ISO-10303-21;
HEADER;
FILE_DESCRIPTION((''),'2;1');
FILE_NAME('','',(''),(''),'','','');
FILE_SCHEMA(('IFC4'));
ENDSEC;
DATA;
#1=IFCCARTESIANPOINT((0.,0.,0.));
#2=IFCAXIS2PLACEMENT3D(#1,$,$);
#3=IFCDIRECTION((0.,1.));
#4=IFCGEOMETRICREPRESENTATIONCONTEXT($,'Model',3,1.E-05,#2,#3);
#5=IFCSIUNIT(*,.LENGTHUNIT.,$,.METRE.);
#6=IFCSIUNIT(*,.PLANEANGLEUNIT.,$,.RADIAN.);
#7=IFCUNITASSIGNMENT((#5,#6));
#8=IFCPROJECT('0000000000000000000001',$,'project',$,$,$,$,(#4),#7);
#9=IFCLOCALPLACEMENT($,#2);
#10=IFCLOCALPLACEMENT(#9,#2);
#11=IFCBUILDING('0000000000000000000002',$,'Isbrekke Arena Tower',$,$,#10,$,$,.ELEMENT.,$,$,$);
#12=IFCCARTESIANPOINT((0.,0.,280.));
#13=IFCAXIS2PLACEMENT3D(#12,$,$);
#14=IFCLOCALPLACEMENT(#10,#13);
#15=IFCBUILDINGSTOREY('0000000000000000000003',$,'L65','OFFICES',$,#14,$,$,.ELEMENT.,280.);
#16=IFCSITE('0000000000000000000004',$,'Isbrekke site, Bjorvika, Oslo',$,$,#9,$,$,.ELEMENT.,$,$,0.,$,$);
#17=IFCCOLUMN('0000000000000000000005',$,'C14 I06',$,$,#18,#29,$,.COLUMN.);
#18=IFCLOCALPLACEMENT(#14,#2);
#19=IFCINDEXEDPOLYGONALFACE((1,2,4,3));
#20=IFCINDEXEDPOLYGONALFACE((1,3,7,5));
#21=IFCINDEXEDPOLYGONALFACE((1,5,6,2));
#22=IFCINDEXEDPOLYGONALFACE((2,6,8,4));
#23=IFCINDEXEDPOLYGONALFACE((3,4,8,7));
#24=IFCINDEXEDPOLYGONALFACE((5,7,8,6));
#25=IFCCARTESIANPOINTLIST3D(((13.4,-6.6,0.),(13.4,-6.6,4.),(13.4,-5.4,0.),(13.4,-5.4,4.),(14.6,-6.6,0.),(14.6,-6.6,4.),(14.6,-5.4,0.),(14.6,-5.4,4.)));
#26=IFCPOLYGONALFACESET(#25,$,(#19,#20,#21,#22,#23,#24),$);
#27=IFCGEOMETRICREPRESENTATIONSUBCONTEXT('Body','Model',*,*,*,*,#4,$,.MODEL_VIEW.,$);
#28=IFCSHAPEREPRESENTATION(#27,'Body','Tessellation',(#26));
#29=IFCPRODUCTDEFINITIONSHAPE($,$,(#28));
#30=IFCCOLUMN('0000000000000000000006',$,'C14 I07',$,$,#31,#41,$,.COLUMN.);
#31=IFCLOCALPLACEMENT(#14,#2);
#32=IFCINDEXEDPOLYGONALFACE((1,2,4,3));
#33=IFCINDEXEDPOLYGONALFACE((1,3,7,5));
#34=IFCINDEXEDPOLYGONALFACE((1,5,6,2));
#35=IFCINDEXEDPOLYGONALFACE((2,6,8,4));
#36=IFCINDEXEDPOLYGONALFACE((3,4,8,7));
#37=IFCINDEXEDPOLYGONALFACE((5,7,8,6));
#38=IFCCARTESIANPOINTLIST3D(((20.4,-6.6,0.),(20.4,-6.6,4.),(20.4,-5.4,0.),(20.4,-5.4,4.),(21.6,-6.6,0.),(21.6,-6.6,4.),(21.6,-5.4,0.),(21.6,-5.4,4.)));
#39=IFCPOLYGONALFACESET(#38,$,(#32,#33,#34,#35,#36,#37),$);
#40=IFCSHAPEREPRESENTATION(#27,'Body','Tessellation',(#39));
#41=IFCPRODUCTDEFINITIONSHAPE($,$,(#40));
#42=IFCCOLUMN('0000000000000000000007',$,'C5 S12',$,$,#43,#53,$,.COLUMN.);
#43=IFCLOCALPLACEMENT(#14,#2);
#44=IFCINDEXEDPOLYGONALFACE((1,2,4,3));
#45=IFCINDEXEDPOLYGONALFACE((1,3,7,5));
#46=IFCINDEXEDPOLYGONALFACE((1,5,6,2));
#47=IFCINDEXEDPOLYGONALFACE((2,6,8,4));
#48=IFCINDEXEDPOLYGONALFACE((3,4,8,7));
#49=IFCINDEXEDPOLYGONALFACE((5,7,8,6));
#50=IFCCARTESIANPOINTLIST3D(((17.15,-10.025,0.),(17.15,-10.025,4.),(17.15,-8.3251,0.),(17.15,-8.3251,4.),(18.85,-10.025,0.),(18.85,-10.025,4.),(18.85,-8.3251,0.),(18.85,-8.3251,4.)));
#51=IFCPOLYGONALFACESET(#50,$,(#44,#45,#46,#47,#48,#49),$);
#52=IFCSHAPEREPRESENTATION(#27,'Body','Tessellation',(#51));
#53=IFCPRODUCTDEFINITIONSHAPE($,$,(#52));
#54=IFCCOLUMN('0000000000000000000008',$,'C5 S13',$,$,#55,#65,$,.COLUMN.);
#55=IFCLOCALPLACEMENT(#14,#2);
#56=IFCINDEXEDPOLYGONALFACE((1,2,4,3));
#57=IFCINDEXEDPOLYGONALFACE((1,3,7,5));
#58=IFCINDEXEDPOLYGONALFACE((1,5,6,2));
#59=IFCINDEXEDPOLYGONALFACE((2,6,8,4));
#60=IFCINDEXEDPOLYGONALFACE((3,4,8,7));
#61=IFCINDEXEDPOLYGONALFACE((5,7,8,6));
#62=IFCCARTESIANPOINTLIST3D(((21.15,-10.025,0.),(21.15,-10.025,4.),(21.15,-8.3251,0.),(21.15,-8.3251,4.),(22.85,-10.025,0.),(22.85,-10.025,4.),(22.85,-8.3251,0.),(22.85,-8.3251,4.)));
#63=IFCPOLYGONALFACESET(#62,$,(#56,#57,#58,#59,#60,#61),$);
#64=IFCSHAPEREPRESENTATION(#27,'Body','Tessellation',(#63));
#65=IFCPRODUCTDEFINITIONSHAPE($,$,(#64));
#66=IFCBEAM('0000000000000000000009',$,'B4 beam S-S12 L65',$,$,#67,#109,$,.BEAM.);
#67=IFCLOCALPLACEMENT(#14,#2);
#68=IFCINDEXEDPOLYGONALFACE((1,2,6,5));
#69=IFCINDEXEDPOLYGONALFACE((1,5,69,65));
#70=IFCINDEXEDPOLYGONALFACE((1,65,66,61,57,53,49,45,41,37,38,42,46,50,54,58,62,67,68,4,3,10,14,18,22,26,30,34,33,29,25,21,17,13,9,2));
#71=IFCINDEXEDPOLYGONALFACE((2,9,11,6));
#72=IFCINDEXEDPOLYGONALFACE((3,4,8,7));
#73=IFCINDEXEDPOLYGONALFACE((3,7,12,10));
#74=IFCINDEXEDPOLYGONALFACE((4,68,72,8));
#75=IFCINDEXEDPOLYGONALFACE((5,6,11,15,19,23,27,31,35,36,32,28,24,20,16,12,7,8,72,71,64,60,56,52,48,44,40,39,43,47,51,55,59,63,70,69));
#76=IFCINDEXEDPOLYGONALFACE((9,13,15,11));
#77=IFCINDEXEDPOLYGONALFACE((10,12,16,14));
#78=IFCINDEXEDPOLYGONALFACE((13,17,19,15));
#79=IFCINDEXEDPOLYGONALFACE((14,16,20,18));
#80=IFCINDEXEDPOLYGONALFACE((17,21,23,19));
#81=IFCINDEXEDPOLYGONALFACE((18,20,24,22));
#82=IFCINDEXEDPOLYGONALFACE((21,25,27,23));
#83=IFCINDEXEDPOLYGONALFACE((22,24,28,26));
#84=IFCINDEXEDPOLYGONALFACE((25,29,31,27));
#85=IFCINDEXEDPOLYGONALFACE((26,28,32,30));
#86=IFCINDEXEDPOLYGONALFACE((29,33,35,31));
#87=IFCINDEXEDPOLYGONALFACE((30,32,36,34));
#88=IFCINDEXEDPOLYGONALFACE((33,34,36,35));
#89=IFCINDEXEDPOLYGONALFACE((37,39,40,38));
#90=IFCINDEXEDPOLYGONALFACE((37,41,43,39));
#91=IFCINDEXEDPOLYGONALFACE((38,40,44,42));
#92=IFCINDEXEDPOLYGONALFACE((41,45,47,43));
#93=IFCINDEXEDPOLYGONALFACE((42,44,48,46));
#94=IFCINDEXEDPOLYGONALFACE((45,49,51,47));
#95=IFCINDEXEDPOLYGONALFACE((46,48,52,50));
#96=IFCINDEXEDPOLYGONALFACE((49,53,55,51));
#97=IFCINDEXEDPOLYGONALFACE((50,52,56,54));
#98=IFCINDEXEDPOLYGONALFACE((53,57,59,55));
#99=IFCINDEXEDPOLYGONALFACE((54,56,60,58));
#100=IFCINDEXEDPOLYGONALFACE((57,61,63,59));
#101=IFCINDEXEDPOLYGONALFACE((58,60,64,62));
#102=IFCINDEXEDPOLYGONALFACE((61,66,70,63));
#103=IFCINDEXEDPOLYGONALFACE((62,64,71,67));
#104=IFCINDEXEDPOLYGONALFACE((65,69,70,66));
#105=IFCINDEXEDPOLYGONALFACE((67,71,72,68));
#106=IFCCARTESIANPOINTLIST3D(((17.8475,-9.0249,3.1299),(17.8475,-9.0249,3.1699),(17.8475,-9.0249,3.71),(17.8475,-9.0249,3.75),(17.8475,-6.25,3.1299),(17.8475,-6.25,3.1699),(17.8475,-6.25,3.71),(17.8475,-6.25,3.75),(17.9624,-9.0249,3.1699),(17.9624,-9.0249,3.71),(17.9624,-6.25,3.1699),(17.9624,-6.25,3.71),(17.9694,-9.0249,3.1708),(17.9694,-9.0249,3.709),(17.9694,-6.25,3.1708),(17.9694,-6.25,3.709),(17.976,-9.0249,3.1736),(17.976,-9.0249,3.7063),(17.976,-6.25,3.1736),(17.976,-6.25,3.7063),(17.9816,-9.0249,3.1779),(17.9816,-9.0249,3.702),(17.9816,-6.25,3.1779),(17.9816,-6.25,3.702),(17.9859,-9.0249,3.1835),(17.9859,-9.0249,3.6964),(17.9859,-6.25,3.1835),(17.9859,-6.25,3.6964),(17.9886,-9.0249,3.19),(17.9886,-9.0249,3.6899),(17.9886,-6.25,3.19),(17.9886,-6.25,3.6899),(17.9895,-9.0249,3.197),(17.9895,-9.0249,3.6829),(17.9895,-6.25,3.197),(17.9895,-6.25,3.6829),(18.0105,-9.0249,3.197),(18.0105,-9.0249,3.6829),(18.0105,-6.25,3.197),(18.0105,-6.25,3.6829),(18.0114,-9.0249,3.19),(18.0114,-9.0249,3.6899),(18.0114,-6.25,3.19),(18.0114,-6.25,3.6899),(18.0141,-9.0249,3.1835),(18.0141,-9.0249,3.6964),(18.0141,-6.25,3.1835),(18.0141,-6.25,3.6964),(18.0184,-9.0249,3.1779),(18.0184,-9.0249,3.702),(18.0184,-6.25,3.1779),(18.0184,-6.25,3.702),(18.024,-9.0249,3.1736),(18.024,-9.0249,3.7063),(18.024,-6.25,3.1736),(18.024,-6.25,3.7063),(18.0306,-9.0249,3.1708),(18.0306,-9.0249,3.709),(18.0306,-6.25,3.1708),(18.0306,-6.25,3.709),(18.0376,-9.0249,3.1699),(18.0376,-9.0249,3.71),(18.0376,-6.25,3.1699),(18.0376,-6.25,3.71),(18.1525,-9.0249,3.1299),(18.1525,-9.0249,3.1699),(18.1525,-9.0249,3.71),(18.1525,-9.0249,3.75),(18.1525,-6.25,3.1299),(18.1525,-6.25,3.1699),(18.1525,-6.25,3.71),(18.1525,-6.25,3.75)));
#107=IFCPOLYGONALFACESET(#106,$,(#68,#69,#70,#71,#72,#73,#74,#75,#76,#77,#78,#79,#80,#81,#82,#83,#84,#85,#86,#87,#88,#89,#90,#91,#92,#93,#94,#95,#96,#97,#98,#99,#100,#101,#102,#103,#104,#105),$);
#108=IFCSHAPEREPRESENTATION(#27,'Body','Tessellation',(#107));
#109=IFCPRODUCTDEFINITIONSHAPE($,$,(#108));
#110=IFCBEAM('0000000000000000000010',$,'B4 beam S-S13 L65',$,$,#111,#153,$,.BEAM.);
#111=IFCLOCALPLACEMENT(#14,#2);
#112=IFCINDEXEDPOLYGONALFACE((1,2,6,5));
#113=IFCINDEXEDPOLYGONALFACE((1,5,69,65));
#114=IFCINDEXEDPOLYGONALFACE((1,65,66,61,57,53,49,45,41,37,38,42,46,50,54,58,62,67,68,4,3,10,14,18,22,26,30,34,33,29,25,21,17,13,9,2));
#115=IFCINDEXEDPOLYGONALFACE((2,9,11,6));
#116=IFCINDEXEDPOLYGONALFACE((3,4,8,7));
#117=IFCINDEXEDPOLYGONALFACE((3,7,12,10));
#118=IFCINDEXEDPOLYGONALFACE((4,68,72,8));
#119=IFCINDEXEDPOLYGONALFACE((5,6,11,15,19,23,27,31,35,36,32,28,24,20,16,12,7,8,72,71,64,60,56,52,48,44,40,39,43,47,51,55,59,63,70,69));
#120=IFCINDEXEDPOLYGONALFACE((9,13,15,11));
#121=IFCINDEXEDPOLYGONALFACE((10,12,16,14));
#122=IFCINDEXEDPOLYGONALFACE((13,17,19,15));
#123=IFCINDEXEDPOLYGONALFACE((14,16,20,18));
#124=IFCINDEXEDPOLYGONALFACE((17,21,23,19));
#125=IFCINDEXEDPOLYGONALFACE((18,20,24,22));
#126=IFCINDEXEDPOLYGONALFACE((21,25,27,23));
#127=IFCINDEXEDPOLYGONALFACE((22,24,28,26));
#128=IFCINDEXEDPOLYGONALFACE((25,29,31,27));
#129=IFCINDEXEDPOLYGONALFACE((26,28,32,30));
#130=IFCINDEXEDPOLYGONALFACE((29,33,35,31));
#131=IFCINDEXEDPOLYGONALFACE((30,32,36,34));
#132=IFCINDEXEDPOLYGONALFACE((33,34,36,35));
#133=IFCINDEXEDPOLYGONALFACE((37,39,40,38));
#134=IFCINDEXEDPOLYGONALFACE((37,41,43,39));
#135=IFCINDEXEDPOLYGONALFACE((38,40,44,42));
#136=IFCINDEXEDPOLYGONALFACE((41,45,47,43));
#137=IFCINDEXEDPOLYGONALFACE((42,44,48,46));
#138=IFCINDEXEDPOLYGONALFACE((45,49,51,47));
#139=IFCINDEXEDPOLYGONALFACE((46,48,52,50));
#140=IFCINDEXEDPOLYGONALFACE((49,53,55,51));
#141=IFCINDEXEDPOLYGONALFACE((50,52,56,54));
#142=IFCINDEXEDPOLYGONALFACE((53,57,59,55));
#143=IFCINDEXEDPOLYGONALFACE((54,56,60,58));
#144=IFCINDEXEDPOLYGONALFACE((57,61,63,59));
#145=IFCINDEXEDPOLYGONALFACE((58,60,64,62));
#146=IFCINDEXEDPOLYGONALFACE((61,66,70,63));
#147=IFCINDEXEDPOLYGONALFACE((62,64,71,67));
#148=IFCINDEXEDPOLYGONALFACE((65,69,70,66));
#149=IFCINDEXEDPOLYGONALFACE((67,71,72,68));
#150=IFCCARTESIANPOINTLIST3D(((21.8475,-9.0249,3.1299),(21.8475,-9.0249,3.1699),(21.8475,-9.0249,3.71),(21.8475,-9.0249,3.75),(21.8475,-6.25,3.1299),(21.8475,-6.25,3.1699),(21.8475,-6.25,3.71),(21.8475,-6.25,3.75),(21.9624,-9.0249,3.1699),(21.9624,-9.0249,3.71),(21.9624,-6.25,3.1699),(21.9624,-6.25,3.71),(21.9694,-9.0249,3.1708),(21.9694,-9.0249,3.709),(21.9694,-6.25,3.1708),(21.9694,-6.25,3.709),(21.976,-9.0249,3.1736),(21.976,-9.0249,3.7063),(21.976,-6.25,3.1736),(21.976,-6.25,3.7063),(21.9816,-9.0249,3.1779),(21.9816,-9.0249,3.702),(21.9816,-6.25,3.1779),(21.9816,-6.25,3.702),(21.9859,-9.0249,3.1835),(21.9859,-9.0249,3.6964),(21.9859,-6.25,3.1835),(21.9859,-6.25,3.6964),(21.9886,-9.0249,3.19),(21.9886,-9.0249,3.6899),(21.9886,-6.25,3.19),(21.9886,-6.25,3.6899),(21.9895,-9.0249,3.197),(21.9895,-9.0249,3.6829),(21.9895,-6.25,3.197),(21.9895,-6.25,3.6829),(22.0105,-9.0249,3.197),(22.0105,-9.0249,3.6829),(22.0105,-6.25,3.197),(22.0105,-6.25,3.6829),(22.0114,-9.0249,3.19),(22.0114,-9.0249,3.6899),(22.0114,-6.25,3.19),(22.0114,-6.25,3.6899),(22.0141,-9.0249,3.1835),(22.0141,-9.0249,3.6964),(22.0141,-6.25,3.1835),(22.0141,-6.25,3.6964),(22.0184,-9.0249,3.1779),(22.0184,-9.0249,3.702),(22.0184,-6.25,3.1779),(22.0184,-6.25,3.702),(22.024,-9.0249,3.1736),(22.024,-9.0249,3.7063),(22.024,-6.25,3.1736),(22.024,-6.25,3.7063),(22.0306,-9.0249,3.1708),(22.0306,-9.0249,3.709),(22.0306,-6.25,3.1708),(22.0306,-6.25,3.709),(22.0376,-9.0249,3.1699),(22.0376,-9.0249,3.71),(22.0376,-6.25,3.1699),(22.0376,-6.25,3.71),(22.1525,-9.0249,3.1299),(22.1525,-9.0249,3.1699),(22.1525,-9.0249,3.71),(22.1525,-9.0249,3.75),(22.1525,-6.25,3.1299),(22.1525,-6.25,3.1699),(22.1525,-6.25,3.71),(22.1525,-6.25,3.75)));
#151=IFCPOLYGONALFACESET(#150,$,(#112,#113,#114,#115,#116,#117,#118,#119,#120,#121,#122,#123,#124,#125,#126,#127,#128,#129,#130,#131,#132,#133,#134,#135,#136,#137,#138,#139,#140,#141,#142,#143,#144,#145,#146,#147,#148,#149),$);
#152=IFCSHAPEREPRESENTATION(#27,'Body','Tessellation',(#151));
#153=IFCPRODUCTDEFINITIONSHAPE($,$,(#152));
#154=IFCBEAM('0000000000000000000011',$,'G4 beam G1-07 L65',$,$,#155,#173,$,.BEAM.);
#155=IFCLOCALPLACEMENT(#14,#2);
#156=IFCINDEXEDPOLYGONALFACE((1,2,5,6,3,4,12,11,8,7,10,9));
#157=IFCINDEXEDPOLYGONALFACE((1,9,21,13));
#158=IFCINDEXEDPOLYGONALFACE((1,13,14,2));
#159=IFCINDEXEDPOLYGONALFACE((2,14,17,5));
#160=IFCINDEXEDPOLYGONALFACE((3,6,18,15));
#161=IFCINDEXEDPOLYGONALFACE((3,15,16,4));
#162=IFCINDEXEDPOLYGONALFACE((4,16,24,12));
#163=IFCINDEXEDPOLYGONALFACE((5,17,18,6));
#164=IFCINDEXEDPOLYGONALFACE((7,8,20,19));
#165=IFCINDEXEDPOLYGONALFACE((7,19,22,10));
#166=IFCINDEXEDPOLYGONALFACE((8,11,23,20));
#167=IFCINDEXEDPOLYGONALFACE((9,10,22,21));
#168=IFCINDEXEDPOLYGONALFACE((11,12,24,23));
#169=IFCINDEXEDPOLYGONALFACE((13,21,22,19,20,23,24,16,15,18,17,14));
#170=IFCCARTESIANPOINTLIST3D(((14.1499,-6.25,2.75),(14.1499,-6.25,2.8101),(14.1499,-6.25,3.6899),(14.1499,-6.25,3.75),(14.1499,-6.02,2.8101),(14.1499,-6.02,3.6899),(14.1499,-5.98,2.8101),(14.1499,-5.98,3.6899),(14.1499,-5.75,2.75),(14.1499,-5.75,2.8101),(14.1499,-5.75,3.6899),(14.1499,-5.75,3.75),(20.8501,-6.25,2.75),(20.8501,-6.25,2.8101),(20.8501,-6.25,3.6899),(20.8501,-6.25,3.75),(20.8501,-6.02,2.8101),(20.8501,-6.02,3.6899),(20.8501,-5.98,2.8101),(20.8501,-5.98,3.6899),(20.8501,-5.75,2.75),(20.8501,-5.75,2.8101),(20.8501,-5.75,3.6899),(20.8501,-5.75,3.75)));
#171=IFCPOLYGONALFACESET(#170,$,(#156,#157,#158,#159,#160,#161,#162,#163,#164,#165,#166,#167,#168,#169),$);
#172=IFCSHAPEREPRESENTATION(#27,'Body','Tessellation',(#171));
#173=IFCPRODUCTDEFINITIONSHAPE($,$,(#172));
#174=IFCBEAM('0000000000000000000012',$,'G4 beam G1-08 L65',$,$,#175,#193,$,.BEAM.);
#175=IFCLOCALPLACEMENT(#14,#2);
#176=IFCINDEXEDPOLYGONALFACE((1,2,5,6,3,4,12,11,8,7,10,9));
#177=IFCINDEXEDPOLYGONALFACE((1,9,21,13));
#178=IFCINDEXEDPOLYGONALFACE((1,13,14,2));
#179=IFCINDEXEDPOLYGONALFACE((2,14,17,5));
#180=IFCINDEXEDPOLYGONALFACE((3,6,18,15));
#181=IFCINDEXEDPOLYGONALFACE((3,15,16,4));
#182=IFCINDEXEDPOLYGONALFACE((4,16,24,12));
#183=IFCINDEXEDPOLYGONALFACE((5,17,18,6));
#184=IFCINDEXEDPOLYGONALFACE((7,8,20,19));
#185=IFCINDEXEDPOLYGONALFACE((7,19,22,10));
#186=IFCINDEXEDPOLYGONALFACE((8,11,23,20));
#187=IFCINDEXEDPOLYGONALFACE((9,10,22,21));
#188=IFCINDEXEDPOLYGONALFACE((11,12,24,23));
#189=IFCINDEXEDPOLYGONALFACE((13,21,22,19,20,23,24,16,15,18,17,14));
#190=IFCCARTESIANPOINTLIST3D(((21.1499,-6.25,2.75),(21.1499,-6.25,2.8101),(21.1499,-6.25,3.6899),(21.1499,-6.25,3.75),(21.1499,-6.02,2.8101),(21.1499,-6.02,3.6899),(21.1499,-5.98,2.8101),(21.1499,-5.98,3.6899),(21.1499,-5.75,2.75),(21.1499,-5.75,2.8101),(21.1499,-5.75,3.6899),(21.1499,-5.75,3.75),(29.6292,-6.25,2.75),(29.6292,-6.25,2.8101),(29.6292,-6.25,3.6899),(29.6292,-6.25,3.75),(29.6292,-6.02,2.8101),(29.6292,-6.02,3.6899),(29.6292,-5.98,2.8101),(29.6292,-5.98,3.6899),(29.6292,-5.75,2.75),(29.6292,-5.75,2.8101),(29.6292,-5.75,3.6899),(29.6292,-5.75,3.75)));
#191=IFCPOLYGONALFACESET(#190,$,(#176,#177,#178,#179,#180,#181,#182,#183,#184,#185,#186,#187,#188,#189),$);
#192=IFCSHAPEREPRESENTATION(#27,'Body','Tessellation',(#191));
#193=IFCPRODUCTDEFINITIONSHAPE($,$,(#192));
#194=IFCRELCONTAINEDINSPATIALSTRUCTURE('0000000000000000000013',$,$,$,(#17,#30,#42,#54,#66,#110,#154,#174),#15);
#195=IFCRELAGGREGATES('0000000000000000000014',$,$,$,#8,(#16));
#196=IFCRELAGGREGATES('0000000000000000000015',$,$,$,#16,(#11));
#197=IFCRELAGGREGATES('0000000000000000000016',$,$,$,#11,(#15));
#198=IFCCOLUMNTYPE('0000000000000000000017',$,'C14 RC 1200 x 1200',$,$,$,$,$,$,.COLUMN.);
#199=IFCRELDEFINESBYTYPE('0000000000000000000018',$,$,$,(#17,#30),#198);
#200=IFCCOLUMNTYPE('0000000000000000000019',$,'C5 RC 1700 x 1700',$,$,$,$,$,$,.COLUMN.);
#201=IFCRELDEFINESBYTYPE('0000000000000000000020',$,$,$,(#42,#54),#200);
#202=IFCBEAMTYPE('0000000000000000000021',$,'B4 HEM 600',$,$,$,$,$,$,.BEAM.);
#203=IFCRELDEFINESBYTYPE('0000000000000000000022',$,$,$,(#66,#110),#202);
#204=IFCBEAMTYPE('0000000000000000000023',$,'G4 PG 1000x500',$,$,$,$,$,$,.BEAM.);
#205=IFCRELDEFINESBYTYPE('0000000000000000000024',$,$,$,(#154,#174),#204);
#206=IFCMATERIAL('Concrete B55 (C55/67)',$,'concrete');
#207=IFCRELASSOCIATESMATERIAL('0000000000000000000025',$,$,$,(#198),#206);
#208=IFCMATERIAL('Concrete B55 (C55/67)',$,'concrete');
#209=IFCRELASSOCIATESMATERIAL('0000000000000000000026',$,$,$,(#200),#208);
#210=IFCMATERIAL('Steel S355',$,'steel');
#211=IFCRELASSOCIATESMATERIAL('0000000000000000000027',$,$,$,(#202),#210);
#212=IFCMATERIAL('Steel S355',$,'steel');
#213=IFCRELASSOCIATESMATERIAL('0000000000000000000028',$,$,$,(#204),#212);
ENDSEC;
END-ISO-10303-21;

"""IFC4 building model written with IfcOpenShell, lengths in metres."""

from ifc_helpers import new_model, si_unit, direction, frame, origin, origin_2d, place, context, subcontext, project, spatial, rectangle, i_section, extrude, material, material_profile, profile_set, type_object, element, save


model = new_model("IFC4")

# Units and contexts
model_context = context("Model", 3, precision=1e-05, world=origin(), true_north=direction((0.0, 1.0)))
body_context = subcontext(model_context, "Body", "Model", "MODEL_VIEW")
ifc_project = project(units=[si_unit("LENGTHUNIT", "METRE"), si_unit("PLANEANGLEUNIT", "RADIAN")], contexts=[model_context])

# Site, building, storey
site_placement = place(None, origin())
site = spatial("IfcSite", under=ifc_project, at=site_placement, Name="Isbrekke site, Bjorvika, Oslo", CompositionType="ELEMENT", RefElevation=0.0)
building_placement = place(site_placement, origin())
building = spatial("IfcBuilding", under=site, at=building_placement, Name="Isbrekke Arena Tower", CompositionType="ELEMENT")
storey_placement = place(building_placement, frame((0.0, 0.0, 280.0)))
storey = spatial("IfcBuildingStorey", under=building, at=storey_placement, Name="L65", Description="OFFICES", CompositionType="ELEMENT", Elevation=280.0)

# Columns
ifc_material_1 = material(Name="Concrete B55 (C55/67)", Category="concrete")
ifc_material_profile_1 = material_profile(ifc_material_1, rectangle(XDim=1.2, YDim=1.2, at=origin_2d()), Name="RC 1200x1200")
ifc_profile_set_1 = profile_set([ifc_material_profile_1], Name="Concrete B55 (C55/67)")
column_type_1 = type_object("IfcColumnType", Name="C14 RC 1200 x 1200", PredefinedType="COLUMN", material=ifc_profile_set_1)
for number, where, z_axis, x_axis, name in (
    (1, (14.0, -6.0, 0.0), (0.0, 0.0, 1.0), (1.0, 0.0, 0.0), "C14 I06"),
    (2, (21.0, -6.0, 0.0), (0.0, 0.0, 1.0), (1.0, 0.0, 0.0), "C14 I07"),
):
    element("IfcColumn", number, at=place(storey_placement, frame(where, z_axis=z_axis, x_axis=x_axis)), inside=storey, type_object=column_type_1, Name=name, PredefinedType="COLUMN", context=body_context, shape_type="SweptSolid", body=[
        extrude(rectangle(XDim=1.2, YDim=1.2, at=origin_2d()), origin(), (0.0, 0.0, 1.0), 4.0),
    ])
ifc_material_2 = material(Name="Concrete B55 (C55/67)", Category="concrete")
ifc_material_profile_2 = material_profile(ifc_material_2, rectangle(XDim=1.7, YDim=1.7, at=origin_2d()), Name="RC 1700x1700")
ifc_profile_set_2 = profile_set([ifc_material_profile_2], Name="Concrete B55 (C55/67)")
column_type_2 = type_object("IfcColumnType", Name="C5 RC 1700 x 1700", PredefinedType="COLUMN", material=ifc_profile_set_2)
for number, where, z_axis, x_axis, name in (
    (3, (18.0, -9.175, 0.0), (0.0, 0.0, 1.0), (1.0, 0.0, 0.0), "C5 S12"),
    (4, (22.0, -9.175, 0.0), (0.0, 0.0, 1.0), (1.0, 0.0, 0.0), "C5 S13"),
):
    element("IfcColumn", number, at=place(storey_placement, frame(where, z_axis=z_axis, x_axis=x_axis)), inside=storey, type_object=column_type_2, Name=name, PredefinedType="COLUMN", context=body_context, shape_type="SweptSolid", body=[
        extrude(rectangle(XDim=1.7, YDim=1.7, at=origin_2d()), origin(), (0.0, 0.0, 1.0), 4.0),
    ])

# Beams
ifc_material_3 = material(Name="Steel S355", Category="steel")
ifc_material_profile_3 = material_profile(ifc_material_3, i_section(OverallWidth=0.3049, OverallDepth=0.6201, WebThickness=0.021, FlangeThickness=0.04, FilletRadius=0.0271, at=origin_2d()), Name="HEM 600")
ifc_profile_set_3 = profile_set([ifc_material_profile_3], Name="Steel S355")
beam_type_1 = type_object("IfcBeamType", Name="B4 HEM 600", PredefinedType="BEAM", material=ifc_profile_set_3)
for number, where, z_axis, x_axis, name in (
    (5, (18.0, -9.0249, 3.4399), (0.0, 1.0, 0.0), (-1.0, 0.0, 0.0), "B4 beam S-S12 L65"),
    (6, (22.0, -9.0249, 3.4399), (0.0, 1.0, 0.0), (-1.0, 0.0, 0.0), "B4 beam S-S13 L65"),
):
    element("IfcBeam", number, at=place(storey_placement, frame(where, z_axis=z_axis, x_axis=x_axis)), inside=storey, type_object=beam_type_1, Name=name, PredefinedType="BEAM", context=body_context, shape_type="SweptSolid", body=[
        extrude(i_section(OverallWidth=0.3049, OverallDepth=0.6201, WebThickness=0.021, FlangeThickness=0.04, FilletRadius=0.0271, at=origin_2d()), origin(), (0.0, 0.0, 1.0), 2.7749),
    ])
ifc_material_4 = material(Name="Steel S355", Category="steel")
ifc_material_profile_4 = material_profile(ifc_material_4, i_section(OverallWidth=0.5, OverallDepth=1.0, WebThickness=0.04, FlangeThickness=0.0601, at=origin_2d()), Name="PG 1000x500")
ifc_profile_set_4 = profile_set([ifc_material_profile_4], Name="Steel S355")
beam_type_2 = type_object("IfcBeamType", Name="G4 PG 1000x500", PredefinedType="BEAM", material=ifc_profile_set_4)
beam_1_placement = place(storey_placement, frame((14.1499, -6.0, 3.25), z_axis=(1.0, 0.0, 0.0), x_axis=(0.0, 1.0, 0.0)))
element("IfcBeam", 7, at=beam_1_placement, inside=storey, type_object=beam_type_2, Name="G4 beam G1-07 L65", PredefinedType="BEAM", context=body_context, shape_type="SweptSolid", body=[
    extrude(i_section(OverallWidth=0.5, OverallDepth=1.0, WebThickness=0.04, FlangeThickness=0.0601, at=origin_2d()), origin(), (0.0, 0.0, 1.0), 6.7002),
])
beam_2_placement = place(storey_placement, frame((21.1499, -6.0, 3.25), z_axis=(1.0, 0.0, 0.0), x_axis=(0.0, 1.0, 0.0)))
element("IfcBeam", 8, at=beam_2_placement, inside=storey, type_object=beam_type_2, Name="G4 beam G1-08 L65", PredefinedType="BEAM", context=body_context, shape_type="SweptSolid", body=[
    extrude(i_section(OverallWidth=0.5, OverallDepth=1.0, WebThickness=0.04, FlangeThickness=0.0601, at=origin_2d()), origin(), (0.0, 0.0, 1.0), 8.4792),
])

save(model, "model.ifc")
